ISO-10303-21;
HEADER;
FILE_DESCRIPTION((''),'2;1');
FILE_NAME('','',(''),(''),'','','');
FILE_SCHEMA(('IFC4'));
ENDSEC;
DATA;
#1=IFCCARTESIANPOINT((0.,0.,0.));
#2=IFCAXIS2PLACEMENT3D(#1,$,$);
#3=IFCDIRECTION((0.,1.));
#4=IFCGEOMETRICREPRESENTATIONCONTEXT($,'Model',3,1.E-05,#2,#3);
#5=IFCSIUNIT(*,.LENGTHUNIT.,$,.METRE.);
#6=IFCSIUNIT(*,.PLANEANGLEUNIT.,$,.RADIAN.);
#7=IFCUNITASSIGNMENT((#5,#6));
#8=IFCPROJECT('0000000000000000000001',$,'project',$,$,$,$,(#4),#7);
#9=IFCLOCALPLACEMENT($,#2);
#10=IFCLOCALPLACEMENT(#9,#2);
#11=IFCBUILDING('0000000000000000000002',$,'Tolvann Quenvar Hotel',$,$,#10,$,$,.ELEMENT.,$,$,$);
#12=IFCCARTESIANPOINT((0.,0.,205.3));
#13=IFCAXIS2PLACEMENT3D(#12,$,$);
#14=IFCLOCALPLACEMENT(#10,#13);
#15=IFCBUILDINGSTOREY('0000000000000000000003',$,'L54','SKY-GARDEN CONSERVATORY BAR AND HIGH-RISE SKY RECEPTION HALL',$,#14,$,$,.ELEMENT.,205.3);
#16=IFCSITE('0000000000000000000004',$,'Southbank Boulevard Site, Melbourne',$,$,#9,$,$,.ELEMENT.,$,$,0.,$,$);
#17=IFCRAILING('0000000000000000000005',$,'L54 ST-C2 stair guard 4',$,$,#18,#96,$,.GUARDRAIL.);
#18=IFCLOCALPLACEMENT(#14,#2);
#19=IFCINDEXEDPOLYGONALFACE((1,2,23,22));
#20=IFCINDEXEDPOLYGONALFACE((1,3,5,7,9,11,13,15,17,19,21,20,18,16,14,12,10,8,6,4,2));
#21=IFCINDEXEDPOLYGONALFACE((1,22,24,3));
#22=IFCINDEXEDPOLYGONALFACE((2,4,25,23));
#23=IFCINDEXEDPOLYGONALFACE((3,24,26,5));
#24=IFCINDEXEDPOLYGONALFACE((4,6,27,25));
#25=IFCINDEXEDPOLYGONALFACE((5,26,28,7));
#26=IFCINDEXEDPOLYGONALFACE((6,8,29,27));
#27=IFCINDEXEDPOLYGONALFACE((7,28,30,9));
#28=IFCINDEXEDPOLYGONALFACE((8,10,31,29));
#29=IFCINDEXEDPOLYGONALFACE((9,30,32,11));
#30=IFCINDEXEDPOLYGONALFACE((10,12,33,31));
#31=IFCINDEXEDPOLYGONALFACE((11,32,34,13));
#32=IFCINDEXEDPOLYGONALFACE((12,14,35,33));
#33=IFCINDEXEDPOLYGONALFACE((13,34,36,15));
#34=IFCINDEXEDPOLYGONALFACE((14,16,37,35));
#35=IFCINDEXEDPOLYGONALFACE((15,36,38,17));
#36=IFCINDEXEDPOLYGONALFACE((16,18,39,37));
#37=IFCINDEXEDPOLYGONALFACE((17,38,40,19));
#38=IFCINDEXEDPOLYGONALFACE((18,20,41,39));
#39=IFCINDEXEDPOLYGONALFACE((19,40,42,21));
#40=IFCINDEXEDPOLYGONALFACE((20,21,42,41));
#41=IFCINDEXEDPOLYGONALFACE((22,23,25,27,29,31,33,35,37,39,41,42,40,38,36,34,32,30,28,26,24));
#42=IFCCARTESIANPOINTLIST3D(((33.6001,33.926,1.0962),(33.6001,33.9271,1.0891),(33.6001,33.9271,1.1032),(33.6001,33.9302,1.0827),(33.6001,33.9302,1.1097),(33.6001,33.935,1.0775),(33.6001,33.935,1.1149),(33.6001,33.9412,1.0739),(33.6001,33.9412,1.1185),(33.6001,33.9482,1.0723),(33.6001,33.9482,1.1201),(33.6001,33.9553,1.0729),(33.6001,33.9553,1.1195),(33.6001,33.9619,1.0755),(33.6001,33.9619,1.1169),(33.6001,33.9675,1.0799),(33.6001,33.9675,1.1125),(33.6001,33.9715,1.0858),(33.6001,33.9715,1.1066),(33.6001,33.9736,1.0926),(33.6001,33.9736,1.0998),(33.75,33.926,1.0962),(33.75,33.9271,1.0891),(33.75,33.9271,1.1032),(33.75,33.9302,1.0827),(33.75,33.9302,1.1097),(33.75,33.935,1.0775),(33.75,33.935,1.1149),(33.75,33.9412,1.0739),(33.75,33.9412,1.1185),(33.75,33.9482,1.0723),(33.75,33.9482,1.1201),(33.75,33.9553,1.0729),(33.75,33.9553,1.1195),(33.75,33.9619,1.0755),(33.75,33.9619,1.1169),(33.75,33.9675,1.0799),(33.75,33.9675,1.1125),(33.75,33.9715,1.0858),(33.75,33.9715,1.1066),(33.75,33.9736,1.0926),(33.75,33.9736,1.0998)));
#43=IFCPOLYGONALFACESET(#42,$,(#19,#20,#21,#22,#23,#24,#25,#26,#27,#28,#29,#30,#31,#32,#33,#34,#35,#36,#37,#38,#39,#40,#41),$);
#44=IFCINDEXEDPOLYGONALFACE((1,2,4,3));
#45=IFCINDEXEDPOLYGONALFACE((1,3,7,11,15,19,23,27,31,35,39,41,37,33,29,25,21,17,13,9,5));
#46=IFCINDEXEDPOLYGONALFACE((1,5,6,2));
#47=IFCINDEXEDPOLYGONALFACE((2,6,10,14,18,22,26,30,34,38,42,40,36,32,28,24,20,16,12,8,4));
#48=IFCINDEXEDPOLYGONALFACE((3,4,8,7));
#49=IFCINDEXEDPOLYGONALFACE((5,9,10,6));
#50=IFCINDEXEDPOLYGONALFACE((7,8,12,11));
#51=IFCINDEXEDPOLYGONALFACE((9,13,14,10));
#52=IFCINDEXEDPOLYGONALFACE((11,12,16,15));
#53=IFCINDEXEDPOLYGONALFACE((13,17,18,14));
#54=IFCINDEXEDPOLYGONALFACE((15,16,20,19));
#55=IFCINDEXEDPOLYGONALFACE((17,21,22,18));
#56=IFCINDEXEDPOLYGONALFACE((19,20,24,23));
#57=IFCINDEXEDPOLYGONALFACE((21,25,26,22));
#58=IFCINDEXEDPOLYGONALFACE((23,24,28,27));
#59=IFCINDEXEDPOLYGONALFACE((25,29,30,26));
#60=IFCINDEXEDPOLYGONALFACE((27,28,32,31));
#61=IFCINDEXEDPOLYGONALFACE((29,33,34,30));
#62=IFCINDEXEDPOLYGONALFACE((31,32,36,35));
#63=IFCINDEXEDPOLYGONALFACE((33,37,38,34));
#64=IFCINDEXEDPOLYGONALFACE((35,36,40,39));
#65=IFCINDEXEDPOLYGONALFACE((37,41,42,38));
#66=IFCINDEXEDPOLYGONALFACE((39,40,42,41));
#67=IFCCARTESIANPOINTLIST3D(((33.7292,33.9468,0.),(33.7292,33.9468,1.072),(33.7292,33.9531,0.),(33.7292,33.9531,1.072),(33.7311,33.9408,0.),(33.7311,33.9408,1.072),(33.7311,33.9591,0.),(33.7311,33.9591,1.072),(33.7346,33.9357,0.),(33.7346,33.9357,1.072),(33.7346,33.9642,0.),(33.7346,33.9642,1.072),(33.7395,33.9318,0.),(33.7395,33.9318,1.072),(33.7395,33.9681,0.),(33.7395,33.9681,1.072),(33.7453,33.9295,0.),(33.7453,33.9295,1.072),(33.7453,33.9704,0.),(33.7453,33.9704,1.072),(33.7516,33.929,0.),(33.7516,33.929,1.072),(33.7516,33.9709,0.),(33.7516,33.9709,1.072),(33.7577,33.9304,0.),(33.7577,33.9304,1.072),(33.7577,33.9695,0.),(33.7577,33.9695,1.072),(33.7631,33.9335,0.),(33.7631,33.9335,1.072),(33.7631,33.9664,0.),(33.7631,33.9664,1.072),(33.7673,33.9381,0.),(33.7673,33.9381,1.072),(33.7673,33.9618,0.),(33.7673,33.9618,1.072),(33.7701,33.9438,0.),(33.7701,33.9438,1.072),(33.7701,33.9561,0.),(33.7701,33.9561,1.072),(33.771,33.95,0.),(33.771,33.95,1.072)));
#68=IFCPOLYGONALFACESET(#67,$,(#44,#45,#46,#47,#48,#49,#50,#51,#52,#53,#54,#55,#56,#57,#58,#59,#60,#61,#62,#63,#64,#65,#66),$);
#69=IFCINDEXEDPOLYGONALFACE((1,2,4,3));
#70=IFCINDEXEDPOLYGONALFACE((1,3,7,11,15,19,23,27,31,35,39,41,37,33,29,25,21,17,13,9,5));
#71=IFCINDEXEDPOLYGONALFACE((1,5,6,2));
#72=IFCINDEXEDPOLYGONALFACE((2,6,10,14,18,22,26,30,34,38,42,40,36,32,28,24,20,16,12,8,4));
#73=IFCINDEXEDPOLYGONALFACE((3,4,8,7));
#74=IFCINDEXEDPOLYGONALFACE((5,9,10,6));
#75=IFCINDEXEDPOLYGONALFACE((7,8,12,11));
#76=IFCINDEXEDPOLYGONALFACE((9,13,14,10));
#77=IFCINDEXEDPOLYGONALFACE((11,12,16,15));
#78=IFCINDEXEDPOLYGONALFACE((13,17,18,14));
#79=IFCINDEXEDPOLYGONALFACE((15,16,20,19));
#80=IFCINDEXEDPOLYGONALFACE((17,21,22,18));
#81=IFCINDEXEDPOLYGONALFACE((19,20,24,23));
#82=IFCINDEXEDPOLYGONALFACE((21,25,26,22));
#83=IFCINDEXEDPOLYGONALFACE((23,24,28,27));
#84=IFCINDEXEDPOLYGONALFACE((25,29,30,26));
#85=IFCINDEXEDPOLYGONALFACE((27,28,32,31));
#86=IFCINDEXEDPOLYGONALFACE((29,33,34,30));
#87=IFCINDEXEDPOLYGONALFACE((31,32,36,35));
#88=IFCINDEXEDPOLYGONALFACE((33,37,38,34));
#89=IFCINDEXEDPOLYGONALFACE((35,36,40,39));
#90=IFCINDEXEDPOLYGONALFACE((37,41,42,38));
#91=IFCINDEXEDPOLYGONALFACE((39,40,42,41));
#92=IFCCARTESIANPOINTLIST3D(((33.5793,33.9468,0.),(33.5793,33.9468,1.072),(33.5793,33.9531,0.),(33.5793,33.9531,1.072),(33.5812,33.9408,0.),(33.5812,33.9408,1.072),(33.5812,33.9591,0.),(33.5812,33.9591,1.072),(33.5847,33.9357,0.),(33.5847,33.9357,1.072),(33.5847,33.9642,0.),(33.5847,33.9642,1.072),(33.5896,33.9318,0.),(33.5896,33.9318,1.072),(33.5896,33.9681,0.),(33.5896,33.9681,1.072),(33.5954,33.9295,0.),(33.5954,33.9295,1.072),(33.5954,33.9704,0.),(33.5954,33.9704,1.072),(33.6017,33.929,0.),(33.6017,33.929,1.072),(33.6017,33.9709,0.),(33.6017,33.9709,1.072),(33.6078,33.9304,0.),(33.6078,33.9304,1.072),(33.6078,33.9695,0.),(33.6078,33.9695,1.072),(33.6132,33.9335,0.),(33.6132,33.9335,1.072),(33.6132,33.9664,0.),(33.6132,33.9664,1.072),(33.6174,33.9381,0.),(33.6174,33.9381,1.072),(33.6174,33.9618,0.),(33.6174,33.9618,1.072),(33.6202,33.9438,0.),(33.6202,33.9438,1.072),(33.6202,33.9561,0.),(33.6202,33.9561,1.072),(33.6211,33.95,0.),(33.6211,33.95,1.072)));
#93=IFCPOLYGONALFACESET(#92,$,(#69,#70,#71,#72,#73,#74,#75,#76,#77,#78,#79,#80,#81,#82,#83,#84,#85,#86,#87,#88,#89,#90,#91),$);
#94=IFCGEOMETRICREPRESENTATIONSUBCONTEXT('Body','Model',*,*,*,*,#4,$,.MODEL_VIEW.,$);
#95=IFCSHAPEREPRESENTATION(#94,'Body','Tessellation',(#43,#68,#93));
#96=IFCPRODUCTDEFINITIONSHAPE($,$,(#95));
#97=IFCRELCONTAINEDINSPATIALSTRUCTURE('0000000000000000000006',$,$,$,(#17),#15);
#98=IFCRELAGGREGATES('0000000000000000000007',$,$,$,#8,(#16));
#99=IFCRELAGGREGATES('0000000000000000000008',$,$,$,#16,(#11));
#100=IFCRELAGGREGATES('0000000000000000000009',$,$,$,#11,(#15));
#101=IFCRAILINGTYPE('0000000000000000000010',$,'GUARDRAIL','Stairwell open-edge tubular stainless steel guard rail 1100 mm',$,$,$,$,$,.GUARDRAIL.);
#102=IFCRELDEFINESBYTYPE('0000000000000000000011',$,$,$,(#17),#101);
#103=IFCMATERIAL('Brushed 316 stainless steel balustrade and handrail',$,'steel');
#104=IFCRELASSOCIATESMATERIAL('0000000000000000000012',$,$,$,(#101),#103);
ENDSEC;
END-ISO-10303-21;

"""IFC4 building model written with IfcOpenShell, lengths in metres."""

from ifc_helpers import new_model, si_unit, direction, frame, origin, origin_2d, place, context, subcontext, project, spatial, circle, extrude, material, type_object, element, save


model = new_model("IFC4")

# Units and contexts
model_context = context("Model", 3, precision=1e-05, world=origin(), true_north=direction((0.0, 1.0)))
body_context = subcontext(model_context, "Body", "Model", "MODEL_VIEW")
ifc_project = project(units=[si_unit("LENGTHUNIT", "METRE"), si_unit("PLANEANGLEUNIT", "RADIAN")], contexts=[model_context])

# Site, building, storey
site_placement = place(None, origin())
site = spatial("IfcSite", under=ifc_project, at=site_placement, Name="Southbank Boulevard Site, Melbourne", CompositionType="ELEMENT", RefElevation=0.0)
building_placement = place(site_placement, origin())
building = spatial("IfcBuilding", under=site, at=building_placement, Name="Tolvann Quenvar Hotel", CompositionType="ELEMENT")
storey_placement = place(building_placement, frame((0.0, 0.0, 205.3)))
storey = spatial("IfcBuildingStorey", under=building, at=storey_placement, Name="L54", Description="SKY-GARDEN CONSERVATORY BAR AND HIGH-RISE SKY RECEPTION HALL", CompositionType="ELEMENT", Elevation=205.3)

# Railing
ifc_material_1 = material(Name="Brushed 316 stainless steel balustrade and handrail", Category="steel")
railing_type_1 = type_object("IfcRailingType", Name="GUARDRAIL", Description="Stairwell open-edge tubular stainless steel guard rail 1100 mm", PredefinedType="GUARDRAIL", material=ifc_material_1)
railing_1_placement = place(storey_placement, frame((33.75, 33.95, 0.0)))
element("IfcRailing", 1, at=railing_1_placement, inside=storey, type_object=railing_type_1, Name="L54 ST-C2 stair guard 4", PredefinedType="GUARDRAIL", context=body_context, shape_type="SweptSolid", body=[
    extrude(circle(Radius=0.0239, at=origin_2d()), frame((0.0, 0.0, 1.0962), z_axis=(-1.0, 0.0, 0.0), x_axis=(0.0, -1.0, 0.0)), (0.0, 0.0, 1.0), 0.1499),
    extrude(circle(Radius=0.021, at=origin_2d()), origin(), (0.0, 0.0, 1.0), 1.072),
    extrude(circle(Radius=0.021, at=origin_2d()), frame((-0.1499, 0.0, 0.0)), (0.0, 0.0, 1.0), 1.072),
])

save(model, "model.ifc")
